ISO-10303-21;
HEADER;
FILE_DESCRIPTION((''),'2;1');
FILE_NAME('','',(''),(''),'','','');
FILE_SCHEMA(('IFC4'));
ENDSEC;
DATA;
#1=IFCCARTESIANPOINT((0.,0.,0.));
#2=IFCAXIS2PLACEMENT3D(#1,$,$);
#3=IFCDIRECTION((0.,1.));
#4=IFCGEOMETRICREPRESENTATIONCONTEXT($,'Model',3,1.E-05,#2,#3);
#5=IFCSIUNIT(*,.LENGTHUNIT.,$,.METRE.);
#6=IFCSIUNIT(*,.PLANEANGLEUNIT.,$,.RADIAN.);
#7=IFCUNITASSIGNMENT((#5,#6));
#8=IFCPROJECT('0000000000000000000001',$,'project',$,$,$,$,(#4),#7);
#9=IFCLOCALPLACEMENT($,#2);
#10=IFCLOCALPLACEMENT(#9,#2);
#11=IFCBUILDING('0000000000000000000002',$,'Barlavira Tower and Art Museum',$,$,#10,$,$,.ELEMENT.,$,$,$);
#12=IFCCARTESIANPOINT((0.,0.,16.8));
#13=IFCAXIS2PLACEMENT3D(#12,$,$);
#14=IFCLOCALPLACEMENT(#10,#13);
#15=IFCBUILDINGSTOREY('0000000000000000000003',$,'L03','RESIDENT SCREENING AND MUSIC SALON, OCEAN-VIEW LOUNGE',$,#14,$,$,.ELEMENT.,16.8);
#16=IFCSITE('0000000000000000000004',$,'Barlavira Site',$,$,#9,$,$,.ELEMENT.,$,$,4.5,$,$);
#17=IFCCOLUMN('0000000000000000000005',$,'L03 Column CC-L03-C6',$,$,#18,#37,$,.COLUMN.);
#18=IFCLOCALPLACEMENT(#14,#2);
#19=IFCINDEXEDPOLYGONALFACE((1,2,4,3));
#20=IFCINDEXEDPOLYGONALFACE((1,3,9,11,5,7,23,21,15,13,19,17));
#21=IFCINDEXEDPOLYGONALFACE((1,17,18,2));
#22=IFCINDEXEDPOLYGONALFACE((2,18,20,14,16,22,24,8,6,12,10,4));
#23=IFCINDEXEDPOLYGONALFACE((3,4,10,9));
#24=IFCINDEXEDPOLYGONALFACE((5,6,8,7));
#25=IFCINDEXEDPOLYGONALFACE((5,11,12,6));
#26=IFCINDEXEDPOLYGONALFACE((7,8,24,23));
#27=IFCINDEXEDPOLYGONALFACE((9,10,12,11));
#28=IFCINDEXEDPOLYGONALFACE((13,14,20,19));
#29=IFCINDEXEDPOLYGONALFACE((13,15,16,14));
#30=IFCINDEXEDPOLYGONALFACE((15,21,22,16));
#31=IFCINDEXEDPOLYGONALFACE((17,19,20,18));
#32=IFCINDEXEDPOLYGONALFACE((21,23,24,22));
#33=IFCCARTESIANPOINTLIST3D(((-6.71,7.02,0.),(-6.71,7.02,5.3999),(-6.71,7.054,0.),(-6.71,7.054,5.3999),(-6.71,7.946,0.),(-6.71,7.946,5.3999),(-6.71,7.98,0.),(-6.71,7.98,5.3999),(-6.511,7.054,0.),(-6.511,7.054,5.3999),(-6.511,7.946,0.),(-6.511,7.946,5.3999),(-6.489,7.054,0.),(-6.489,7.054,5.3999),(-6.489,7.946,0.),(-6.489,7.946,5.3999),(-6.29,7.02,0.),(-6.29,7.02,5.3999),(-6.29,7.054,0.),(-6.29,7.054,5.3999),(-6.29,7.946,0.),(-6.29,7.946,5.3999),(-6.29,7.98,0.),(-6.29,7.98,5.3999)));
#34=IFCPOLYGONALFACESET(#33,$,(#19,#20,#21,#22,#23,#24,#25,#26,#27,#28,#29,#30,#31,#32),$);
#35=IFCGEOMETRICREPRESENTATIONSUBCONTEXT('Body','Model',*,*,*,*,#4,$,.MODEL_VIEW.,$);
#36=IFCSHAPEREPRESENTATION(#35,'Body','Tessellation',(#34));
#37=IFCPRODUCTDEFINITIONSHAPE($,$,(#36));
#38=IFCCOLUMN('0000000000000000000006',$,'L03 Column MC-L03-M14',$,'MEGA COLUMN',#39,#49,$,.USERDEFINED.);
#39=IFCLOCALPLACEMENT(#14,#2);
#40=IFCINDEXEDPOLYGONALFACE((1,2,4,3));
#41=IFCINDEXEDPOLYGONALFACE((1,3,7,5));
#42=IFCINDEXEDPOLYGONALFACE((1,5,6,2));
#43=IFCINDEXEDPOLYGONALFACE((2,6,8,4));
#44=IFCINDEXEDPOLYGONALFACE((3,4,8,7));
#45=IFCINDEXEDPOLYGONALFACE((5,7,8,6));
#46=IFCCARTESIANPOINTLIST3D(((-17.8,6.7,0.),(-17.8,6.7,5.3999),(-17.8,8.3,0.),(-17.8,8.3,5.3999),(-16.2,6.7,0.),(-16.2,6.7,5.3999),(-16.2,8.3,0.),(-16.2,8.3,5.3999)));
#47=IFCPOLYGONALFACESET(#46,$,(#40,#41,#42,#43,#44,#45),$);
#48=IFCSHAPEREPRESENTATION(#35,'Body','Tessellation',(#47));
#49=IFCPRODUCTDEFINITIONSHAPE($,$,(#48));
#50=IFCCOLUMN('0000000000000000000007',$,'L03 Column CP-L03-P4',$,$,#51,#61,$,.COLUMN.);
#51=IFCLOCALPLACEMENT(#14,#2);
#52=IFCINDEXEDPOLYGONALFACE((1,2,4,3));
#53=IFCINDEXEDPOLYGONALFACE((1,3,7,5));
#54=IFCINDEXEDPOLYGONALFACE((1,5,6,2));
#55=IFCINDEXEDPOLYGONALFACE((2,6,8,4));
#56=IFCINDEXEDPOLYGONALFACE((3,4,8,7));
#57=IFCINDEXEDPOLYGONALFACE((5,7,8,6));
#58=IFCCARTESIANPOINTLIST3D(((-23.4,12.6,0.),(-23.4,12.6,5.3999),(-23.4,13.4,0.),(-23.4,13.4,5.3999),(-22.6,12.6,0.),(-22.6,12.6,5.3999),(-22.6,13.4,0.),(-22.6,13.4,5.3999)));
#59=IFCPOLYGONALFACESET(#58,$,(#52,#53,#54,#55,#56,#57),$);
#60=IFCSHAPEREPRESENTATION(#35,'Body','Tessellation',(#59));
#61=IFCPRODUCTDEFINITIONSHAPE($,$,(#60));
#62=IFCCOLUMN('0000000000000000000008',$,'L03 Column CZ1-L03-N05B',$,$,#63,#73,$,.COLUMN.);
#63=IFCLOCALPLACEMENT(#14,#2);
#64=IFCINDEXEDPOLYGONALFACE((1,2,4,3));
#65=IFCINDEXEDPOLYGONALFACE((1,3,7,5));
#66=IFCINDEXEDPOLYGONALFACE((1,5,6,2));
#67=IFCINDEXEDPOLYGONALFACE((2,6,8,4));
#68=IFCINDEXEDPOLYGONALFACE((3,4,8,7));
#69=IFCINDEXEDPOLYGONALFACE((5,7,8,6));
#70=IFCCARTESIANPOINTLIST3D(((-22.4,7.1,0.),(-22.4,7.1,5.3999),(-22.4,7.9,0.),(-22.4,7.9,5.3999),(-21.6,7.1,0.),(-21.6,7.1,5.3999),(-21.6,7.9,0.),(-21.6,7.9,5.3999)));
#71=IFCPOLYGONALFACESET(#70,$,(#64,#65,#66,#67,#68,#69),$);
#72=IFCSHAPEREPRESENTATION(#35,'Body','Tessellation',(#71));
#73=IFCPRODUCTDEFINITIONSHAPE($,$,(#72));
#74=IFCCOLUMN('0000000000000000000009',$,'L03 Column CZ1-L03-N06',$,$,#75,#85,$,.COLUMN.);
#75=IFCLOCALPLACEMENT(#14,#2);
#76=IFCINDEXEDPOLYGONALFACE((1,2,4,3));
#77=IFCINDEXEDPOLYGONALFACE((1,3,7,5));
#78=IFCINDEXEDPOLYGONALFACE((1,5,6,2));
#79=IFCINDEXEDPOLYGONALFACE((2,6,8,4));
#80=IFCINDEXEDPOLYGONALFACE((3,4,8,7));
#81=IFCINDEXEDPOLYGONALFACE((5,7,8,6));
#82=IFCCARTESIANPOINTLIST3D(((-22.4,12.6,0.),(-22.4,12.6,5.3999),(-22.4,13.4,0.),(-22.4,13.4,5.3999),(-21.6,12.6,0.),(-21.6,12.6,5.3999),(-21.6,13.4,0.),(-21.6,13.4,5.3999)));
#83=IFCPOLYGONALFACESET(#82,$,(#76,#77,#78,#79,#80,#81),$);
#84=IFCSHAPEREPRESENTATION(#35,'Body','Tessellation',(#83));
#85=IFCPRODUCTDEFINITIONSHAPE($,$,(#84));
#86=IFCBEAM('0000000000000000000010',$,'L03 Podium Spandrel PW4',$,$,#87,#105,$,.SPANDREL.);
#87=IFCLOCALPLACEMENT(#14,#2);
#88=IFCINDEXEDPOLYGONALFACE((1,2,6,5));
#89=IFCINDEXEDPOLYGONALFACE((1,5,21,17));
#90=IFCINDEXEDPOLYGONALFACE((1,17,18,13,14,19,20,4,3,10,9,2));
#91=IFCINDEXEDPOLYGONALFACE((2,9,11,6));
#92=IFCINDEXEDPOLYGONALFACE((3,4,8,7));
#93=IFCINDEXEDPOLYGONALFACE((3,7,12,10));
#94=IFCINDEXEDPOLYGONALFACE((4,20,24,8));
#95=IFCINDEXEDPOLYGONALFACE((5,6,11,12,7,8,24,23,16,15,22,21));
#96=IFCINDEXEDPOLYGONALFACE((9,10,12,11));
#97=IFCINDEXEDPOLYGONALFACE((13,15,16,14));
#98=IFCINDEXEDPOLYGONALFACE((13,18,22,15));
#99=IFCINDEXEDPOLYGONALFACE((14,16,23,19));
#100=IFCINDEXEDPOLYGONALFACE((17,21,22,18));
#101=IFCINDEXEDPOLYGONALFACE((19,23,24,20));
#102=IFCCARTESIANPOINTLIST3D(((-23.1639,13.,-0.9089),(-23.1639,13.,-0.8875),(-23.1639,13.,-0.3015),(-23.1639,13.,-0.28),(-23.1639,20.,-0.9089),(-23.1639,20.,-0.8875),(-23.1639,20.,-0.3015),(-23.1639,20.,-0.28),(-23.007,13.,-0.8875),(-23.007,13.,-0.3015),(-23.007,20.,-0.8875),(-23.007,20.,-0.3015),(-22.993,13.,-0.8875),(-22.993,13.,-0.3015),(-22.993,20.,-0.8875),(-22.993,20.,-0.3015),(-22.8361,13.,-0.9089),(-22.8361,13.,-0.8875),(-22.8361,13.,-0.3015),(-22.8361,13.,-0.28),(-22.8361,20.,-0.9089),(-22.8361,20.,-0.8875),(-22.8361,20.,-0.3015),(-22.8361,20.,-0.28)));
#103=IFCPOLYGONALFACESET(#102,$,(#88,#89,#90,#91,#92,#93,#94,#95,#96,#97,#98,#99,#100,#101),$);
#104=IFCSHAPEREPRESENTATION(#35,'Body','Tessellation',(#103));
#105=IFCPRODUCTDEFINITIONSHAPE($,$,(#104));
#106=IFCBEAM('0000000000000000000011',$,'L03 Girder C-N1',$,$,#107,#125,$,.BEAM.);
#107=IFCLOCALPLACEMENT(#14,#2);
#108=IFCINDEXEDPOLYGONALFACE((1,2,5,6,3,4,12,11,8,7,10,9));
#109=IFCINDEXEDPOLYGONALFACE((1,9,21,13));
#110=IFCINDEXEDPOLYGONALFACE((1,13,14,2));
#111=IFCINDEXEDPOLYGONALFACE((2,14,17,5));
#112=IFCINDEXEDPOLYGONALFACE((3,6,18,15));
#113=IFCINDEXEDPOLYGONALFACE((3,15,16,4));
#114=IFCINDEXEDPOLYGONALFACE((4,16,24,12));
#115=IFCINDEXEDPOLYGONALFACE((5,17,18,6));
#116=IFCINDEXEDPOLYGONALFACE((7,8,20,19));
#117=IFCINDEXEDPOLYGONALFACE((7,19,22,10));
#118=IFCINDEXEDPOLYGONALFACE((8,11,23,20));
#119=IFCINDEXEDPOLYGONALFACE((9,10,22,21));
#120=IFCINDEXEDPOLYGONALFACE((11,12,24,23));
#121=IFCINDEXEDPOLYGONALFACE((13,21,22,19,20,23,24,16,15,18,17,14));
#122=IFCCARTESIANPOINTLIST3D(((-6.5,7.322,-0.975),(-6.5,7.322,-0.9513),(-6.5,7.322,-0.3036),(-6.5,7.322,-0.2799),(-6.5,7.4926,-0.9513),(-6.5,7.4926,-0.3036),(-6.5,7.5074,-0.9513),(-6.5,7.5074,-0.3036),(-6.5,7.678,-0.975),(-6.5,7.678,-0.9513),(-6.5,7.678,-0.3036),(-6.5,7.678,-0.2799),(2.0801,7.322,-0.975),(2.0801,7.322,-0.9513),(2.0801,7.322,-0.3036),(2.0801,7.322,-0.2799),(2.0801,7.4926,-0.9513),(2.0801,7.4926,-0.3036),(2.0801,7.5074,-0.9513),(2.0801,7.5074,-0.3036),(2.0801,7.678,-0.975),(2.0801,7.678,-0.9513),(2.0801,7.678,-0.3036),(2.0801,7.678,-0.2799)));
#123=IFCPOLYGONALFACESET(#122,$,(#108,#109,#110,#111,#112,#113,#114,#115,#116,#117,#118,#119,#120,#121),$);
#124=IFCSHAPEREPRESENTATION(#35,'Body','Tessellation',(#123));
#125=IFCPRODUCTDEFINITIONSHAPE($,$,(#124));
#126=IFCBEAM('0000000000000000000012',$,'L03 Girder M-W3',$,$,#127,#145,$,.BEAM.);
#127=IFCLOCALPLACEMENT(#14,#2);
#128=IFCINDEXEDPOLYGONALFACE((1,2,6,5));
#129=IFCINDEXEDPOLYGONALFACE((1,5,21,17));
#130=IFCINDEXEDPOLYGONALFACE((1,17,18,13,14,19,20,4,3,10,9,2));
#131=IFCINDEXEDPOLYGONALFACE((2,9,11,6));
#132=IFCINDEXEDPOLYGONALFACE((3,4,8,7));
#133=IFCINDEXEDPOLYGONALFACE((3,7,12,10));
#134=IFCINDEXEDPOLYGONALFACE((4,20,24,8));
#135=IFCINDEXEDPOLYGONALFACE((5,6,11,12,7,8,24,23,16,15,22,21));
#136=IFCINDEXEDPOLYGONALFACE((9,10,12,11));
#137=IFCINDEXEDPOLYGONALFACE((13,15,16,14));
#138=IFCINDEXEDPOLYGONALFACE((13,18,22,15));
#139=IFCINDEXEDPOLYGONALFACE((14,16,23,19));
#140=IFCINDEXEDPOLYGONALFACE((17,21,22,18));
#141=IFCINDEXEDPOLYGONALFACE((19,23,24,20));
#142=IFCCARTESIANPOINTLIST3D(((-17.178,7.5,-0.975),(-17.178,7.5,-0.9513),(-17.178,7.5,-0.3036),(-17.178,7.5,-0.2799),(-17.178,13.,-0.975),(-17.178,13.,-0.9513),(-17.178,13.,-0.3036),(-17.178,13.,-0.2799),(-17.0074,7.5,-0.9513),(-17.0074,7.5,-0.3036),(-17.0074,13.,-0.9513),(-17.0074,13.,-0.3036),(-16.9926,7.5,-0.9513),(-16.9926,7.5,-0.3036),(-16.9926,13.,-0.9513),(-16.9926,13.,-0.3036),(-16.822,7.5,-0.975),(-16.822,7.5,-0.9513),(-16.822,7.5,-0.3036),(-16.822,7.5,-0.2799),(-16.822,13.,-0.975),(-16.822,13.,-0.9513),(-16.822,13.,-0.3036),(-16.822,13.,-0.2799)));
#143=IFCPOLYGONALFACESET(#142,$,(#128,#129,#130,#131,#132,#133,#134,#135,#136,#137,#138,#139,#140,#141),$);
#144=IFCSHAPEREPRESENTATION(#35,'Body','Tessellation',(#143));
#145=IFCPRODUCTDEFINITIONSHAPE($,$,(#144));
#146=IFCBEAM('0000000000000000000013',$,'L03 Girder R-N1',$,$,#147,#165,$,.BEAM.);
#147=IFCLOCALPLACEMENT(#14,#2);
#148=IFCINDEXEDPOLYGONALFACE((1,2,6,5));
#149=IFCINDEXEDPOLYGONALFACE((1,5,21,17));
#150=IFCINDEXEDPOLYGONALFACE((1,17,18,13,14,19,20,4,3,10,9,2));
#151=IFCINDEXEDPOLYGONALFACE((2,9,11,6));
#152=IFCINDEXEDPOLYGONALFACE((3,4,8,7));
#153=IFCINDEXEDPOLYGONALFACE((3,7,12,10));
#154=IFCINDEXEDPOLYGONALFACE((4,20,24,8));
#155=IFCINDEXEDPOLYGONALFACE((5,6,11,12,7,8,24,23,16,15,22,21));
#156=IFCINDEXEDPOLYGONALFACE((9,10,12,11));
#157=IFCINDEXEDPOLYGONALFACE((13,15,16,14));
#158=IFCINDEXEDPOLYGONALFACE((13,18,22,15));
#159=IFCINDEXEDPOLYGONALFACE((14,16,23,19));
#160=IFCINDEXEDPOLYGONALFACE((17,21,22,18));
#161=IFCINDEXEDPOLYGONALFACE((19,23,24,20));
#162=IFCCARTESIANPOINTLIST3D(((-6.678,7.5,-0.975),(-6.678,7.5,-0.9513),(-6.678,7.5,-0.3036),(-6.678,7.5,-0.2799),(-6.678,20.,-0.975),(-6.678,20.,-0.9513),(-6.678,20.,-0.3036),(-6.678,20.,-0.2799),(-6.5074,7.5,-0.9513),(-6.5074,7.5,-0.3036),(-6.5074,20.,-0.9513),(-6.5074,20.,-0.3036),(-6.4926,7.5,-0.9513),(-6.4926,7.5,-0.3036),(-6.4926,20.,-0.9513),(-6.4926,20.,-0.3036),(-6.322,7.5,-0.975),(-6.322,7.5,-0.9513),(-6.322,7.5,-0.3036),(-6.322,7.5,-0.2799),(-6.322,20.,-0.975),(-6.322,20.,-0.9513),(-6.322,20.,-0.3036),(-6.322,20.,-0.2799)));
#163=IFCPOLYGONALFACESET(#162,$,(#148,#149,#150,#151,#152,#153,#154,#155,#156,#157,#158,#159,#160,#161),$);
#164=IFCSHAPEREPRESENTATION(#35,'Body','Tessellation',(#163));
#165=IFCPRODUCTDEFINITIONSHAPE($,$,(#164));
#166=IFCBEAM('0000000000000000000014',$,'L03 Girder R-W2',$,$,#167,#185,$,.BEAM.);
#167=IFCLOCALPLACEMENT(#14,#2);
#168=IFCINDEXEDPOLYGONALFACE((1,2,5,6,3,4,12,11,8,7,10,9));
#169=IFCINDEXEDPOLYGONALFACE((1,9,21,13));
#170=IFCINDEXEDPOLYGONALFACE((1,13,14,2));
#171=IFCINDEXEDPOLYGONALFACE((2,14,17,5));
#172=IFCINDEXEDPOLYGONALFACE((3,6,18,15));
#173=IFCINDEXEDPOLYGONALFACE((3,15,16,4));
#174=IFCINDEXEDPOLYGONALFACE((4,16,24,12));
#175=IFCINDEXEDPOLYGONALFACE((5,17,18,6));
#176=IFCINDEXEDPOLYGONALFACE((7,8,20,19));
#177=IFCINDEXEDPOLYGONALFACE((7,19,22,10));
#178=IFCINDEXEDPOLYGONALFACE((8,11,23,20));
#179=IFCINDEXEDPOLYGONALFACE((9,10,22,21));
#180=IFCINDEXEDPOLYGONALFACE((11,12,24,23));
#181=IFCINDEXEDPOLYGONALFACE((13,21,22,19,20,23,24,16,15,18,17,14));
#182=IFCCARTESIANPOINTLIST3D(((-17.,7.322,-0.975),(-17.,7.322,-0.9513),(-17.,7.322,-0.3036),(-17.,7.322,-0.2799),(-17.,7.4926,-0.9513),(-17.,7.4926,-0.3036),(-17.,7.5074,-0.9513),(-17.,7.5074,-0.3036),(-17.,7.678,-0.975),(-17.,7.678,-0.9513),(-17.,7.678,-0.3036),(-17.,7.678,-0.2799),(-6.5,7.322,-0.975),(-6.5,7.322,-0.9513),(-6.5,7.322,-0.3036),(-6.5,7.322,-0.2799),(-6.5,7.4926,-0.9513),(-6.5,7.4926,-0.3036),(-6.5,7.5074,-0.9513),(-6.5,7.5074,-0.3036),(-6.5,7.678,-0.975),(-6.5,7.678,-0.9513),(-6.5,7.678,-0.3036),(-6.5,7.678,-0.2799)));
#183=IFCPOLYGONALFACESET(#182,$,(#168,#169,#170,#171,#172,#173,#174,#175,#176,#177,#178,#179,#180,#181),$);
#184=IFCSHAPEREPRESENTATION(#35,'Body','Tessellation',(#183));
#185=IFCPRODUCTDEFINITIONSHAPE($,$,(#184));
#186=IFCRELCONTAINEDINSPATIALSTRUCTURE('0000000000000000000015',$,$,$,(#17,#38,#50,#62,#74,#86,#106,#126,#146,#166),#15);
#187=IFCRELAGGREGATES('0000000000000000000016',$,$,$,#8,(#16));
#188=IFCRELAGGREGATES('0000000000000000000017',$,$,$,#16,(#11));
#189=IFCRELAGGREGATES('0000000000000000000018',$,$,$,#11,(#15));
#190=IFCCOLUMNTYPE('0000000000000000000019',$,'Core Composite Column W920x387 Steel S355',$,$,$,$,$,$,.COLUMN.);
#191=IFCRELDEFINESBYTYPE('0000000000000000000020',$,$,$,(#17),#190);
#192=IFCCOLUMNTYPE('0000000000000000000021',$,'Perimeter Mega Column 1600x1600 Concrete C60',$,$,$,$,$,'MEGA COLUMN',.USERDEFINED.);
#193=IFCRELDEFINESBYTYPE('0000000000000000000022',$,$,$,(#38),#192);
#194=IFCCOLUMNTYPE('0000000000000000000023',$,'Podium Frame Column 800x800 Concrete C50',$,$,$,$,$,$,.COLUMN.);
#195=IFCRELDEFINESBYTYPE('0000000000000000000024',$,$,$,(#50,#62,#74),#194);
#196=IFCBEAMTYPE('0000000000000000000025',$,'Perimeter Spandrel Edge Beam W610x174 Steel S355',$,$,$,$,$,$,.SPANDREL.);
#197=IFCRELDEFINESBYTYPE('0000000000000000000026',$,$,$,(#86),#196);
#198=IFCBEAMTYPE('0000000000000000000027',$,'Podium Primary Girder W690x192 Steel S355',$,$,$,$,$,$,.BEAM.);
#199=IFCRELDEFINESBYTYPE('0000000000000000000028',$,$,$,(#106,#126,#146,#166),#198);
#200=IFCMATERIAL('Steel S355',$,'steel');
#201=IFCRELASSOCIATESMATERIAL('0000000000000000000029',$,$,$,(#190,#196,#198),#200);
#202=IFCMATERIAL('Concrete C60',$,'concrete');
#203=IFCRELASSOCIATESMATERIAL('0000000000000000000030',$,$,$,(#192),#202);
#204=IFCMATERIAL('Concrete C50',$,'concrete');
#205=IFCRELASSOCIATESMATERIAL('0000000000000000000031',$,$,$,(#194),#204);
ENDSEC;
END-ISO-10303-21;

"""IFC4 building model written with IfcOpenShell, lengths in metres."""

from ifc_helpers import new_model, si_unit, direction, frame, origin, origin_2d, place, context, subcontext, project, spatial, rectangle, i_section, extrude, material, material_profile, profile_set, type_object, element, save


model = new_model("IFC4")

# Units and contexts
model_context = context("Model", 3, precision=1e-05, world=origin(), true_north=direction((0.0, 1.0)))
body_context = subcontext(model_context, "Body", "Model", "MODEL_VIEW")
ifc_project = project(units=[si_unit("LENGTHUNIT", "METRE"), si_unit("PLANEANGLEUNIT", "RADIAN")], contexts=[model_context])

# Site, building, storey
site_placement = place(None, origin())
site = spatial("IfcSite", under=ifc_project, at=site_placement, Name="Barlavira Site", CompositionType="ELEMENT", RefElevation=4.5)
building_placement = place(site_placement, origin())
building = spatial("IfcBuilding", under=site, at=building_placement, Name="Barlavira Tower and Art Museum", CompositionType="ELEMENT")
storey_placement = place(building_placement, frame((0.0, 0.0, 16.8)))
storey = spatial("IfcBuildingStorey", under=building, at=storey_placement, Name="L03", Description="RESIDENT SCREENING AND MUSIC SALON, OCEAN-VIEW LOUNGE", CompositionType="ELEMENT", Elevation=16.8)

# Columns
ifc_material_1 = material(Name="Steel S355", Category="steel")
ifc_material_profile_1 = material_profile(ifc_material_1, i_section(OverallWidth=0.4199, OverallDepth=0.96, WebThickness=0.022, FlangeThickness=0.0339, at=origin_2d()), Name="W920x387.0")
ifc_profile_set_1 = profile_set([ifc_material_profile_1], Name="Steel S355")
column_type_1 = type_object("IfcColumnType", Name="Core Composite Column W920x387 Steel S355", PredefinedType="COLUMN", material=ifc_profile_set_1)
column_1_placement = place(storey_placement, frame((-6.5, 7.5, 0.0), z_axis=(0.0, 0.0, 1.0), x_axis=(1.0, 0.0, 0.0)))
element("IfcColumn", 1, at=column_1_placement, inside=storey, type_object=column_type_1, Name="L03 Column CC-L03-C6", PredefinedType="COLUMN", context=body_context, shape_type="SweptSolid", body=[
    extrude(i_section(OverallWidth=0.4199, OverallDepth=0.96, WebThickness=0.022, FlangeThickness=0.0339, at=origin_2d()), origin(), (0.0, 0.0, 1.0), 5.3999),
])
ifc_material_2 = material(Name="Concrete C60", Category="concrete")
ifc_material_profile_2 = material_profile(ifc_material_2, rectangle(XDim=1.6001, YDim=1.6001, at=origin_2d()), Name="RC-MCOL 1600x1600")
ifc_profile_set_2 = profile_set([ifc_material_profile_2], Name="Concrete C60")
column_type_2 = type_object("IfcColumnType", Name="Perimeter Mega Column 1600x1600 Concrete C60", ElementType="MEGA COLUMN", PredefinedType="USERDEFINED", material=ifc_profile_set_2)
column_2_placement = place(storey_placement, frame((-17.0, 7.5, 0.0), z_axis=(0.0, 0.0, 1.0), x_axis=(1.0, 0.0, 0.0)))
element("IfcColumn", 2, at=column_2_placement, inside=storey, type_object=column_type_2, Name="L03 Column MC-L03-M14", ObjectType="MEGA COLUMN", PredefinedType="USERDEFINED", context=body_context, shape_type="SweptSolid", body=[
    extrude(rectangle(XDim=1.6001, YDim=1.6001, at=origin_2d()), origin(), (0.0, 0.0, 1.0), 5.3999),
])
ifc_material_3 = material(Name="Concrete C50", Category="concrete")
ifc_material_profile_3 = material_profile(ifc_material_3, rectangle(XDim=0.8, YDim=0.8, at=origin_2d()), Name="RC-COL 800x800")
ifc_profile_set_3 = profile_set([ifc_material_profile_3], Name="Concrete C50")
column_type_3 = type_object("IfcColumnType", Name="Podium Frame Column 800x800 Concrete C50", PredefinedType="COLUMN", material=ifc_profile_set_3)
for number, where, z_axis, x_axis, name in (
    (3, (-23.0, 13.0, 0.0), (0.0, 0.0, 1.0), (1.0, 0.0, 0.0), "L03 Column CP-L03-P4"),
    (4, (-22.0, 7.5, 0.0), (0.0, 0.0, 1.0), (1.0, 0.0, 0.0), "L03 Column CZ1-L03-N05B"),
    (5, (-22.0, 13.0, 0.0), (0.0, 0.0, 1.0), (1.0, 0.0, 0.0), "L03 Column CZ1-L03-N06"),
):
    element("IfcColumn", number, at=place(storey_placement, frame(where, z_axis=z_axis, x_axis=x_axis)), inside=storey, type_object=column_type_3, Name=name, PredefinedType="COLUMN", context=body_context, shape_type="SweptSolid", body=[
        extrude(rectangle(XDim=0.8, YDim=0.8, at=origin_2d()), origin(), (0.0, 0.0, 1.0), 5.3999),
    ])

# Beams
ifc_material_profile_4 = material_profile(ifc_material_1, i_section(OverallWidth=0.3279, OverallDepth=0.6289, WebThickness=0.0139, FlangeThickness=0.0215, at=origin_2d()), Name="W610x174.0")
ifc_profile_set_4 = profile_set([ifc_material_profile_4], Name="Steel S355")
beam_type_1 = type_object("IfcBeamType", Name="Perimeter Spandrel Edge Beam W610x174 Steel S355", PredefinedType="SPANDREL", material=ifc_profile_set_4)
beam_1_placement = place(storey_placement, frame((-23.0, 13.0, -0.5945), z_axis=(0.0, 1.0, 0.0), x_axis=(-1.0, 0.0, 0.0)))
element("IfcBeam", 6, at=beam_1_placement, inside=storey, type_object=beam_type_1, Name="L03 Podium Spandrel PW4", PredefinedType="SPANDREL", context=body_context, shape_type="SweptSolid", body=[
    extrude(i_section(OverallWidth=0.3279, OverallDepth=0.6289, WebThickness=0.0139, FlangeThickness=0.0215, at=origin_2d()), origin(), (0.0, 0.0, 1.0), 7.0),
])
ifc_material_profile_5 = material_profile(ifc_material_1, i_section(OverallWidth=0.356, OverallDepth=0.6951, WebThickness=0.0149, FlangeThickness=0.0237, at=origin_2d()), Name="W690x192.0")
ifc_profile_set_5 = profile_set([ifc_material_profile_5], Name="Steel S355")
beam_type_2 = type_object("IfcBeamType", Name="Podium Primary Girder W690x192 Steel S355", PredefinedType="BEAM", material=ifc_profile_set_5)
beam_2_placement = place(storey_placement, frame((-6.5, 7.5, -0.6274), z_axis=(1.0, 0.0, 0.0), x_axis=(0.0, 1.0, 0.0)))
element("IfcBeam", 7, at=beam_2_placement, inside=storey, type_object=beam_type_2, Name="L03 Girder C-N1", PredefinedType="BEAM", context=body_context, shape_type="SweptSolid", body=[
    extrude(i_section(OverallWidth=0.356, OverallDepth=0.6951, WebThickness=0.0149, FlangeThickness=0.0237, at=origin_2d()), origin(), (0.0, 0.0, 1.0), 8.5801),
])
beam_3_placement = place(storey_placement, frame((-17.0, 7.5, -0.6274), z_axis=(0.0, 1.0, 0.0), x_axis=(-1.0, 0.0, 0.0)))
element("IfcBeam", 8, at=beam_3_placement, inside=storey, type_object=beam_type_2, Name="L03 Girder M-W3", PredefinedType="BEAM", context=body_context, shape_type="SweptSolid", body=[
    extrude(i_section(OverallWidth=0.356, OverallDepth=0.6951, WebThickness=0.0149, FlangeThickness=0.0237, at=origin_2d()), origin(), (0.0, 0.0, 1.0), 5.5),
])
beam_4_placement = place(storey_placement, frame((-6.5, 7.5, -0.6274), z_axis=(0.0, 1.0, 0.0), x_axis=(-1.0, 0.0, 0.0)))
element("IfcBeam", 9, at=beam_4_placement, inside=storey, type_object=beam_type_2, Name="L03 Girder R-N1", PredefinedType="BEAM", context=body_context, shape_type="SweptSolid", body=[
    extrude(i_section(OverallWidth=0.356, OverallDepth=0.6951, WebThickness=0.0149, FlangeThickness=0.0237, at=origin_2d()), origin(), (0.0, 0.0, 1.0), 12.5),
])
beam_5_placement = place(storey_placement, frame((-17.0, 7.5, -0.6274), z_axis=(1.0, 0.0, 0.0), x_axis=(0.0, 1.0, 0.0)))
element("IfcBeam", 10, at=beam_5_placement, inside=storey, type_object=beam_type_2, Name="L03 Girder R-W2", PredefinedType="BEAM", context=body_context, shape_type="SweptSolid", body=[
    extrude(i_section(OverallWidth=0.356, OverallDepth=0.6951, WebThickness=0.0149, FlangeThickness=0.0237, at=origin_2d()), origin(), (0.0, 0.0, 1.0), 10.5),
])

save(model, "model.ifc")
